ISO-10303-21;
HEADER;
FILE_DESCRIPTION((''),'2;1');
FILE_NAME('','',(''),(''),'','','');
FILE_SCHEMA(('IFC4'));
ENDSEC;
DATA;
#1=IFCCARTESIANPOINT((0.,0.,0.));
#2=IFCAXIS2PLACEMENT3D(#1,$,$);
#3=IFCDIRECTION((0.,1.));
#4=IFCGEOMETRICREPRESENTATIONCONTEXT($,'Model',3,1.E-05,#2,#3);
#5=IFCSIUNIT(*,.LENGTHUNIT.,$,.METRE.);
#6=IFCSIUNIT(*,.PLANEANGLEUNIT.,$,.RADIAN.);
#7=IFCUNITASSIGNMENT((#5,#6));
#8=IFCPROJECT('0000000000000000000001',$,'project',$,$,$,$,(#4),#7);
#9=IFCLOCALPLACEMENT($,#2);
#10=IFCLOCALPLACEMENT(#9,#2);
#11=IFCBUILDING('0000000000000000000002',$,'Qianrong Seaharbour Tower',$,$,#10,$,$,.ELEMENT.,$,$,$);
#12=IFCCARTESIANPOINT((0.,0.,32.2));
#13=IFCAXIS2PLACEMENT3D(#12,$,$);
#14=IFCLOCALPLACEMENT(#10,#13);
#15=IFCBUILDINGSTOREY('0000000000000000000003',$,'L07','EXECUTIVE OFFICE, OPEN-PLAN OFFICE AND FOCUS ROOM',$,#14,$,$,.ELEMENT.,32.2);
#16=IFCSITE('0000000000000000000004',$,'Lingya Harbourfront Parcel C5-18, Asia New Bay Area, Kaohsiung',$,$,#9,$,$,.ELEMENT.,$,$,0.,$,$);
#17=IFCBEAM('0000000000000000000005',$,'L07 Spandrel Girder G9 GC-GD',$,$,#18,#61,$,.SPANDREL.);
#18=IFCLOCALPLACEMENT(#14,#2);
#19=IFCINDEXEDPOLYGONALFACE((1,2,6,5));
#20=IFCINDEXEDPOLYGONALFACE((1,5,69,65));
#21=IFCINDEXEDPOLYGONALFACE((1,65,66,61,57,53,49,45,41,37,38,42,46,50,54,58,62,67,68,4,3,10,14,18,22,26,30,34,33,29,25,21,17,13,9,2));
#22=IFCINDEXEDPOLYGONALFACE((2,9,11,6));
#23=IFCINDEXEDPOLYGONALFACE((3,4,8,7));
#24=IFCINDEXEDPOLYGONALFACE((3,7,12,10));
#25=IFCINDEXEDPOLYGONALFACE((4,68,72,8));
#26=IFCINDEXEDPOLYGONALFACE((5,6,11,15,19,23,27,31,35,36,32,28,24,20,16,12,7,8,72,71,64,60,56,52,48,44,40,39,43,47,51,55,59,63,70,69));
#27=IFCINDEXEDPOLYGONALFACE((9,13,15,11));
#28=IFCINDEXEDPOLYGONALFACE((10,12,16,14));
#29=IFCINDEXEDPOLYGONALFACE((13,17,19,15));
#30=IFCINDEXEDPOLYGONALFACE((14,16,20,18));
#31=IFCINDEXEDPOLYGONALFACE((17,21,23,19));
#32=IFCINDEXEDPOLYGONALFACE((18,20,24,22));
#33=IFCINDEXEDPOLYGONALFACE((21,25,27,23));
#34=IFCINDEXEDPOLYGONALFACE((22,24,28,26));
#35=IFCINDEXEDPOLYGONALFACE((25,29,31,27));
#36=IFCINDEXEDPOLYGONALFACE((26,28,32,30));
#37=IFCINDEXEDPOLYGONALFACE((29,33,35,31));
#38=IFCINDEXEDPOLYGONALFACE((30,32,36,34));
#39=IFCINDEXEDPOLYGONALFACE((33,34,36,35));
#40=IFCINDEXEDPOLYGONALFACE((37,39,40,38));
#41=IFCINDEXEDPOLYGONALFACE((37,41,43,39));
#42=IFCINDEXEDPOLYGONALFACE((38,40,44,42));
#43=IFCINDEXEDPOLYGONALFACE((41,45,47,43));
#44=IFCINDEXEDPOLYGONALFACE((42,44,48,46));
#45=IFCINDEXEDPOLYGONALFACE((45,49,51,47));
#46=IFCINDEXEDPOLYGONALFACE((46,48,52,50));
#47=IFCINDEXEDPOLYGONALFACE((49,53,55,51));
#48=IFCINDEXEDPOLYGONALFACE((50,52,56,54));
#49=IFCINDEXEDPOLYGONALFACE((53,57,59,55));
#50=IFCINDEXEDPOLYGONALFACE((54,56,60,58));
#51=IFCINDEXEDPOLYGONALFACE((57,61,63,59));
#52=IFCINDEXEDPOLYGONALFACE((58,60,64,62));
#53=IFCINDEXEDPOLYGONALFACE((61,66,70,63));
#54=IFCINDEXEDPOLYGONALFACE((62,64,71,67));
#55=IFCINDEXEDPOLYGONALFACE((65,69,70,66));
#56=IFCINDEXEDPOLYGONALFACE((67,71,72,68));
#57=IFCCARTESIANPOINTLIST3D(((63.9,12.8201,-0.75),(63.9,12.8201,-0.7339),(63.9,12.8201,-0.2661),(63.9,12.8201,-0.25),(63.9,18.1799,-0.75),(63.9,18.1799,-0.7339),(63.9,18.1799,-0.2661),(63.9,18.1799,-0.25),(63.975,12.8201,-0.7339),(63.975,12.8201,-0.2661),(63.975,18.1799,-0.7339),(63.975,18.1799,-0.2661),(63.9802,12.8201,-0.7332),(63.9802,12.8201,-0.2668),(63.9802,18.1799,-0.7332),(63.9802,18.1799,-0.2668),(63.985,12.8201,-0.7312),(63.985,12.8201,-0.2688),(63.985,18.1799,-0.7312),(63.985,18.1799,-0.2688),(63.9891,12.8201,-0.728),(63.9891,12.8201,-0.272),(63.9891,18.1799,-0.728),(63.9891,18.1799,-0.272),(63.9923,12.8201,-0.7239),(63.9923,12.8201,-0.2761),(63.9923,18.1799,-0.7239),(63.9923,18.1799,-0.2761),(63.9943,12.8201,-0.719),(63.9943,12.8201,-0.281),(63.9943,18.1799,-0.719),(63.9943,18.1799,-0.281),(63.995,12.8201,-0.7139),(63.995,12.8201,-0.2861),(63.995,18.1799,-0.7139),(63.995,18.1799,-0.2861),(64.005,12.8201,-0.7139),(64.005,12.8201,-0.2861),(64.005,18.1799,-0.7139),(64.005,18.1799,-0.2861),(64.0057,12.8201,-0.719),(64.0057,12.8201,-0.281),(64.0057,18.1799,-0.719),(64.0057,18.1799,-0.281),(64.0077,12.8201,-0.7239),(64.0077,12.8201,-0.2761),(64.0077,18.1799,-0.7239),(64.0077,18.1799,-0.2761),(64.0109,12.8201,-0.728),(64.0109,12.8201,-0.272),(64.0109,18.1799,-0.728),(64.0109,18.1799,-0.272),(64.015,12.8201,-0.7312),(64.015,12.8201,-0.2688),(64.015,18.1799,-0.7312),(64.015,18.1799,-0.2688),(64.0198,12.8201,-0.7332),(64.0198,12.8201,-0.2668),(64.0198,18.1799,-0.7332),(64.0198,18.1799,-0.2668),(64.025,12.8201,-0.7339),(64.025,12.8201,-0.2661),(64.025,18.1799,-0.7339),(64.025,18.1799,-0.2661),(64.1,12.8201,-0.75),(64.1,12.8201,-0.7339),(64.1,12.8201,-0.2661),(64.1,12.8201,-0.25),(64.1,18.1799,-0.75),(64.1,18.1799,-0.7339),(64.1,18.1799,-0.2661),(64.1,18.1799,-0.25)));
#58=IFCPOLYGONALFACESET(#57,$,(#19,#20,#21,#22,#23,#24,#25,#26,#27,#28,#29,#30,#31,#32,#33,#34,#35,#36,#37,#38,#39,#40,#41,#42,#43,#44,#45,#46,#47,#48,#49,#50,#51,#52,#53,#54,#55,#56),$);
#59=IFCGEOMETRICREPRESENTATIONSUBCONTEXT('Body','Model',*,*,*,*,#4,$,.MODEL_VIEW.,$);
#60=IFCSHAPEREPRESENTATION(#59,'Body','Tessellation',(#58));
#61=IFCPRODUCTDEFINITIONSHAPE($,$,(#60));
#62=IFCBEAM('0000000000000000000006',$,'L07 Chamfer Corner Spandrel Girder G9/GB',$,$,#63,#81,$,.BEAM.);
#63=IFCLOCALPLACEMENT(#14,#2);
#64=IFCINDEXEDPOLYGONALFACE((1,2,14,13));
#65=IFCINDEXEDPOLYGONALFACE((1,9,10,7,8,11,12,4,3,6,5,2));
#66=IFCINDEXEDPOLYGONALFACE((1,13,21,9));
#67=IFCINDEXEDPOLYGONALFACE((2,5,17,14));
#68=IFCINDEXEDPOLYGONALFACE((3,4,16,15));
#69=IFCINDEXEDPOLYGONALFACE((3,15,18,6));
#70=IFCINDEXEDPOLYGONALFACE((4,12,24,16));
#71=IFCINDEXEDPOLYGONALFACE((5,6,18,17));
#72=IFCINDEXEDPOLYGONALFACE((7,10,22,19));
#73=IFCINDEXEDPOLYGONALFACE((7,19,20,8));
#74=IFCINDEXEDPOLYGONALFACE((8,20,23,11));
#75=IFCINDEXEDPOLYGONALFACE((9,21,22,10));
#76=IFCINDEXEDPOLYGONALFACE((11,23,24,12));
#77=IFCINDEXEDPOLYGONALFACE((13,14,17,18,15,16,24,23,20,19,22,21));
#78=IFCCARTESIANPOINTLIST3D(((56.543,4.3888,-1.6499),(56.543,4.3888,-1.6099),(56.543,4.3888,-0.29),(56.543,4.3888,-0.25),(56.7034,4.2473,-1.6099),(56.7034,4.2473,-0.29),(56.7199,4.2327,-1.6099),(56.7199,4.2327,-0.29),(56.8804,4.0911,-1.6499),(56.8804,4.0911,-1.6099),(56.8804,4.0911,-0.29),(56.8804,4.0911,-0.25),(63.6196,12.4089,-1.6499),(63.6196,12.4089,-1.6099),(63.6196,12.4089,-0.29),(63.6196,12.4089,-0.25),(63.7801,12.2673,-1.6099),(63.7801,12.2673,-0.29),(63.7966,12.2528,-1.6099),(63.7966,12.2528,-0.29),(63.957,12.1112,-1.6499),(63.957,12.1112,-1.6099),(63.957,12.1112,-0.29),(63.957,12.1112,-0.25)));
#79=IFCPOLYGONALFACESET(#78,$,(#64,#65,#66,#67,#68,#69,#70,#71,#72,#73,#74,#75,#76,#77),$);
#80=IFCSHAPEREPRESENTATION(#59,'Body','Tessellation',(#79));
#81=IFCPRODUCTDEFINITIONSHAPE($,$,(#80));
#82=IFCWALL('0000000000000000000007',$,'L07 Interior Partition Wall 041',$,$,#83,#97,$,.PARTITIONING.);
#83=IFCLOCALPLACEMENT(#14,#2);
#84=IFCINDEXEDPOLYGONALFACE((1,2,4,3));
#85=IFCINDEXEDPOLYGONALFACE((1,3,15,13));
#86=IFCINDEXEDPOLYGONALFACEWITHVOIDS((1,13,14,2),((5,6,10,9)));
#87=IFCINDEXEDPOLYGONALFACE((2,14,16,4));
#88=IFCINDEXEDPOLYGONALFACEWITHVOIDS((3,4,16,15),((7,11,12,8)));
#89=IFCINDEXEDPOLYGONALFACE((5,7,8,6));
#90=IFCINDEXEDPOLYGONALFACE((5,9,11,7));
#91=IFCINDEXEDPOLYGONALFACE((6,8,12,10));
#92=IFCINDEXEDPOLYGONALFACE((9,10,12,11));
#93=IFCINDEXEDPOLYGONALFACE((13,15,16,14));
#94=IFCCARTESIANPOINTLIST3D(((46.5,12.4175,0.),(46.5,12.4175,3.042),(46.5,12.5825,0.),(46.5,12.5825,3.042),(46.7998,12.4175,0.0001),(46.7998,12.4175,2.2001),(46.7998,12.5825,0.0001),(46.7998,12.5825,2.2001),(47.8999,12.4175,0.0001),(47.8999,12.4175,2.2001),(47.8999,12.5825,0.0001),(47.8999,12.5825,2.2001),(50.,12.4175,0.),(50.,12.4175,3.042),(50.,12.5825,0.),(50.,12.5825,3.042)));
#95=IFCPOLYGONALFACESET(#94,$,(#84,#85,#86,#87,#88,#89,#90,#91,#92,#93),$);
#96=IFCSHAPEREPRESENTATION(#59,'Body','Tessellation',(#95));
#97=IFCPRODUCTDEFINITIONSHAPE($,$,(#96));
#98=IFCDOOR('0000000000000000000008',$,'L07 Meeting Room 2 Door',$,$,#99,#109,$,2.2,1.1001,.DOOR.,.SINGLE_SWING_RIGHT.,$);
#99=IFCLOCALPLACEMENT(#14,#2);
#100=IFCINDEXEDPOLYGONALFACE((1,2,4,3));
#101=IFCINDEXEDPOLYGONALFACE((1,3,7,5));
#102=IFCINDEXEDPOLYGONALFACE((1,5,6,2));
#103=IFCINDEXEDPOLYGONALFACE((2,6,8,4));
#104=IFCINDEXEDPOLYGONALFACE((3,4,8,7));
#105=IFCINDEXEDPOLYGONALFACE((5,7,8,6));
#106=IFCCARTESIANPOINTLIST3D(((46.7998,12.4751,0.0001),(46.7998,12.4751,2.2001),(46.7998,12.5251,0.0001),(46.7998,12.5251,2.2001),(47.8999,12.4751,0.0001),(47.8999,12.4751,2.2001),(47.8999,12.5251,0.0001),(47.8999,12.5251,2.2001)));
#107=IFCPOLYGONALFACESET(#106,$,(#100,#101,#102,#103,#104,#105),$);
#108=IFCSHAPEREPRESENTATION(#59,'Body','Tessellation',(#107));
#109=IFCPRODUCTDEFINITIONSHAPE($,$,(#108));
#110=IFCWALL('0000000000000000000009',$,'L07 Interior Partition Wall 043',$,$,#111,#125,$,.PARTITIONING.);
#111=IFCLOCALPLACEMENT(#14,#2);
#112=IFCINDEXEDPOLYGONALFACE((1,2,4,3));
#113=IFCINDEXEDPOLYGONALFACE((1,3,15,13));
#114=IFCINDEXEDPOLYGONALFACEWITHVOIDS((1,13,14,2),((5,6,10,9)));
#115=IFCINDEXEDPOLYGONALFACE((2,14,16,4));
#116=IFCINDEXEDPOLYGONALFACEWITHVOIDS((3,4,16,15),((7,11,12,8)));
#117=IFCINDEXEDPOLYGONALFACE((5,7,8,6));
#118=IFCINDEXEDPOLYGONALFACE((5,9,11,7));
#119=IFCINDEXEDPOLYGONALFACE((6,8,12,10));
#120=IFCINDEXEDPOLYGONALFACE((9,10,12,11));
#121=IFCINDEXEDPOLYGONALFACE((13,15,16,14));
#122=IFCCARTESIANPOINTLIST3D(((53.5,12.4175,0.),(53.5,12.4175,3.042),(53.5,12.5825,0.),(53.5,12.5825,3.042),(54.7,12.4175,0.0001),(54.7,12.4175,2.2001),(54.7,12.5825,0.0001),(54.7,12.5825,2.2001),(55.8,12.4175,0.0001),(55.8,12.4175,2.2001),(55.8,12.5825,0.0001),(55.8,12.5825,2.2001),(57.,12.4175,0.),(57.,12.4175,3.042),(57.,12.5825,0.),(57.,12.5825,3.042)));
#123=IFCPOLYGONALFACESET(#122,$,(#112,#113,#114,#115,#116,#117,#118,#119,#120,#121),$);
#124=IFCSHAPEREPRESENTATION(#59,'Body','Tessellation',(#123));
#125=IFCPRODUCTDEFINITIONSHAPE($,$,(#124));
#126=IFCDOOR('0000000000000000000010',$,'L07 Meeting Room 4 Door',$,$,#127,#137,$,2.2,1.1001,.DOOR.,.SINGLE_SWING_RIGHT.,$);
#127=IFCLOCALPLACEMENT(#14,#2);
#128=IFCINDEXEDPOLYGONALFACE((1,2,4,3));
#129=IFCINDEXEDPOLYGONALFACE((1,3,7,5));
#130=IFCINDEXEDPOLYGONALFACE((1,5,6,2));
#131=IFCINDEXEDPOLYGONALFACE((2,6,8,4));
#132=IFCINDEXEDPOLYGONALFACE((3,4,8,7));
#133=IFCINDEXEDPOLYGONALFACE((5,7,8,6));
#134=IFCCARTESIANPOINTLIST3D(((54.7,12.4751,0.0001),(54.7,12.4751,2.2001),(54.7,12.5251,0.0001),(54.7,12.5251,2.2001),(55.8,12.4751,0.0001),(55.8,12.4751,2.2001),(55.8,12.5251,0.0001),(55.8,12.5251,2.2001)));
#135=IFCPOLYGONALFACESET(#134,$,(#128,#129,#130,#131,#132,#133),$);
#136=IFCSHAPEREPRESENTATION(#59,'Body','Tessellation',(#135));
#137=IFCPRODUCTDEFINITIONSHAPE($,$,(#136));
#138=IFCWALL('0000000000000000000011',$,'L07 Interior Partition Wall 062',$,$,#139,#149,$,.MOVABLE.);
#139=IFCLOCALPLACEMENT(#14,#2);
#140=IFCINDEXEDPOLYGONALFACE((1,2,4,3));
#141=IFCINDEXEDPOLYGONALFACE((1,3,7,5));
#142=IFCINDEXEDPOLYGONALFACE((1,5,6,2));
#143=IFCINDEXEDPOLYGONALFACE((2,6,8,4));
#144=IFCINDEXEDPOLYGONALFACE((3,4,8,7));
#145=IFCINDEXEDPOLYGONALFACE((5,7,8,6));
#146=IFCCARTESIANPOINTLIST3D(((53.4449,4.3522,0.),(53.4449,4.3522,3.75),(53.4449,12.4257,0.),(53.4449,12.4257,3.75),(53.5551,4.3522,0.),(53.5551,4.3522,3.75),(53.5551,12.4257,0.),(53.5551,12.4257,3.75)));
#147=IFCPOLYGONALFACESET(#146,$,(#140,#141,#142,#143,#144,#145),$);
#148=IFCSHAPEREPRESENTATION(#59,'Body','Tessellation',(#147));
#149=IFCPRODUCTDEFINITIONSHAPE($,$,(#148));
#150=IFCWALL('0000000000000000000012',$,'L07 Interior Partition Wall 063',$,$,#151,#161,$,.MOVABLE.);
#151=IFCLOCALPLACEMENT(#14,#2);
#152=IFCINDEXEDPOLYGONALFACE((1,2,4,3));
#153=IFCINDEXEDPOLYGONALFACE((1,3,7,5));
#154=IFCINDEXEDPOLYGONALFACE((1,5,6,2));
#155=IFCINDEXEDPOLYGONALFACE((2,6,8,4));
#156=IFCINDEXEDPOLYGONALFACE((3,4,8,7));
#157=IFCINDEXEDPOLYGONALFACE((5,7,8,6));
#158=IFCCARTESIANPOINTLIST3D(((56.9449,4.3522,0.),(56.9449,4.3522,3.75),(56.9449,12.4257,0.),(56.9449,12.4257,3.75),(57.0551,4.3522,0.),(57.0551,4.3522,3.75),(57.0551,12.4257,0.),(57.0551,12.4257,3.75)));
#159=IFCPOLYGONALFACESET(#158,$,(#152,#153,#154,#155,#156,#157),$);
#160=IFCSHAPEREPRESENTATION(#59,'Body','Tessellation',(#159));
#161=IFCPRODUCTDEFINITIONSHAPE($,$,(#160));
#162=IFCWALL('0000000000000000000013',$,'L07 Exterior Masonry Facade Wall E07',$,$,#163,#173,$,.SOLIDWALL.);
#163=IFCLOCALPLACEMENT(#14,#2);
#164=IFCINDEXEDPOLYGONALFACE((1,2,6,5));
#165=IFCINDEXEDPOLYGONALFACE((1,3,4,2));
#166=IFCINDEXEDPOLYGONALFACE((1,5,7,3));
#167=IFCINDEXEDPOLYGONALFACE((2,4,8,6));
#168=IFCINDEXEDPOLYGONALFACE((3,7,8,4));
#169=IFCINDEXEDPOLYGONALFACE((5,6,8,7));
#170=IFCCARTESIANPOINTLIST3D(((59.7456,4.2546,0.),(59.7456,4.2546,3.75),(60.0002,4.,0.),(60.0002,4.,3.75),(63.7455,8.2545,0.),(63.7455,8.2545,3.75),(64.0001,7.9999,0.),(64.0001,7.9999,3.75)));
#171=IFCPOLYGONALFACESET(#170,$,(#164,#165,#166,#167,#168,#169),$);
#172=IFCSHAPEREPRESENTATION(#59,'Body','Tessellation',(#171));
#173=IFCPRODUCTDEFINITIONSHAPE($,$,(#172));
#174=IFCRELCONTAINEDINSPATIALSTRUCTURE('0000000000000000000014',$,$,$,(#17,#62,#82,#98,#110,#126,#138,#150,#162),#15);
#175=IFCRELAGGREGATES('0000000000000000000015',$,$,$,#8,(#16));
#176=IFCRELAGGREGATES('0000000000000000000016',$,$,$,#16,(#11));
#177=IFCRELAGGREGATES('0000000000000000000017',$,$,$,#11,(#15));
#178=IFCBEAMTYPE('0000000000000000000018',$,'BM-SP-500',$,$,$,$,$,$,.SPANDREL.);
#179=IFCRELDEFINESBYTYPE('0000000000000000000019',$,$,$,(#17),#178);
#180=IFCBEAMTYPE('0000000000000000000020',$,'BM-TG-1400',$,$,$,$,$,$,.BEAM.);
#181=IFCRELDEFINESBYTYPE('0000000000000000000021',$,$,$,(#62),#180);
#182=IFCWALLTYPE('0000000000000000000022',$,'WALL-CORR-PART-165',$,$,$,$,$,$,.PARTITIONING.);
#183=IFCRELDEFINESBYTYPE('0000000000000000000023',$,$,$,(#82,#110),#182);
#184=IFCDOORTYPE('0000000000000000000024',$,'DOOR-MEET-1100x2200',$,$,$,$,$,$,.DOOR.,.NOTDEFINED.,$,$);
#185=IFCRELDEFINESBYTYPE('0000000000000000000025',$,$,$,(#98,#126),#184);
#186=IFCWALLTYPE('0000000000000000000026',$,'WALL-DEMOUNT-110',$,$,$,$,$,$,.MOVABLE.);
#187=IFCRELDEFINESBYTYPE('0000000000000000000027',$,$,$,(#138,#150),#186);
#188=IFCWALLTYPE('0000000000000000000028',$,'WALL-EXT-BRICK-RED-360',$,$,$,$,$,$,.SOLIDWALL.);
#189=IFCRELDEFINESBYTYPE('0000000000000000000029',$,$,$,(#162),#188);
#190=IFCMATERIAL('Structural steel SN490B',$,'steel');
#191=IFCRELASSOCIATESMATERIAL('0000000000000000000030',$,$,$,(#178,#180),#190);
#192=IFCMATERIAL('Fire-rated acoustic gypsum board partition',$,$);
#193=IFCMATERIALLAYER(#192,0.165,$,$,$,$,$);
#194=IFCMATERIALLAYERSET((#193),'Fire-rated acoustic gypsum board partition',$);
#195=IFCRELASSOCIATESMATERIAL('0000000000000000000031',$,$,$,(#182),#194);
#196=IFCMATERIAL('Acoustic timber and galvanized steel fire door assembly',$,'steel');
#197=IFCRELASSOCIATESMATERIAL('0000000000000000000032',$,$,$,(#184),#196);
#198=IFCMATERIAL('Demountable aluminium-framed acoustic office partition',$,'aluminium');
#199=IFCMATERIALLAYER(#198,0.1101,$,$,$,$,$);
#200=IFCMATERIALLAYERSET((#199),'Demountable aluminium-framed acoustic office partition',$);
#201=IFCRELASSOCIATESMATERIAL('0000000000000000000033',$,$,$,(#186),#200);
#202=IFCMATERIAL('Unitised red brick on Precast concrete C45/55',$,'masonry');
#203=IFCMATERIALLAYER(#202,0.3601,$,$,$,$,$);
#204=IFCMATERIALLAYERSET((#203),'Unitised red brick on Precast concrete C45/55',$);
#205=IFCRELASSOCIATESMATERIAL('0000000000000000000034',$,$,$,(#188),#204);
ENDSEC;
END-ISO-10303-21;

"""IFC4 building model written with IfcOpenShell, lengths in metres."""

from ifc_helpers import new_model, si_unit, direction, frame, frame_2d, origin, origin_2d, place, context, subcontext, project, spatial, rectangle, i_section, extrude, material, layer, layer_set, material_profile, profile_set, type_object, element, fill, save


model = new_model("IFC4")

# Units and contexts
model_context = context("Model", 3, precision=1e-05, world=origin(), true_north=direction((0.0, 1.0)))
body_context = subcontext(model_context, "Body", "Model", "MODEL_VIEW")
ifc_project = project(units=[si_unit("LENGTHUNIT", "METRE"), si_unit("PLANEANGLEUNIT", "RADIAN")], contexts=[model_context])

# Site, building, storey
site_placement = place(None, origin())
site = spatial("IfcSite", under=ifc_project, at=site_placement, Name="Lingya Harbourfront Parcel C5-18, Asia New Bay Area, Kaohsiung", CompositionType="ELEMENT", RefElevation=0.0)
building_placement = place(site_placement, origin())
building = spatial("IfcBuilding", under=site, at=building_placement, Name="Qianrong Seaharbour Tower", CompositionType="ELEMENT")
storey_placement = place(building_placement, frame((0.0, 0.0, 32.2)))
storey = spatial("IfcBuildingStorey", under=building, at=storey_placement, Name="L07", Description="EXECUTIVE OFFICE, OPEN-PLAN OFFICE AND FOCUS ROOM", CompositionType="ELEMENT", Elevation=32.2)

# Shared definitions
ifc_material_1 = material(Name="Structural steel SN490B", Category="steel")

# Beams
ifc_material_profile_1 = material_profile(ifc_material_1, i_section(OverallWidth=0.2, OverallDepth=0.5, WebThickness=0.01, FlangeThickness=0.0161, FilletRadius=0.02, at=origin_2d()), Name="H500x200x10x16")
ifc_profile_set_1 = profile_set([ifc_material_profile_1], Name="Structural steel SN490B")
beam_type_1 = type_object("IfcBeamType", Name="BM-SP-500", PredefinedType="SPANDREL", material=ifc_profile_set_1)
beam_1_placement = place(storey_placement, frame((64.0, 12.8201, -0.5), z_axis=(0.0, 1.0, 0.0), x_axis=(-1.0, 0.0, 0.0)))
element("IfcBeam", 1, at=beam_1_placement, inside=storey, type_object=beam_type_1, Name="L07 Spandrel Girder G9 GC-GD", PredefinedType="SPANDREL", context=body_context, shape_type="SweptSolid", body=[
    extrude(i_section(OverallWidth=0.2, OverallDepth=0.5, WebThickness=0.01, FlangeThickness=0.0161, FilletRadius=0.02, at=origin_2d()), origin(), (0.0, 0.0, 1.0), 5.3599),
])
ifc_material_profile_2 = material_profile(ifc_material_1, i_section(OverallWidth=0.45, OverallDepth=1.3999, WebThickness=0.022, FlangeThickness=0.04, at=origin_2d()), Name="BH1400x450x22x40")
ifc_profile_set_2 = profile_set([ifc_material_profile_2], Name="Structural steel SN490B")
beam_type_2 = type_object("IfcBeamType", Name="BM-TG-1400", PredefinedType="BEAM", material=ifc_profile_set_2)
beam_2_placement = place(storey_placement, frame((56.7117, 4.24, -0.95), z_axis=(0.661631, 0.74983, 0.0), x_axis=(-0.74983, 0.661631, 0.0)))
element("IfcBeam", 2, at=beam_2_placement, inside=storey, type_object=beam_type_2, Name="L07 Chamfer Corner Spandrel Girder G9/GB", PredefinedType="BEAM", context=body_context, shape_type="SweptSolid", body=[
    extrude(i_section(OverallWidth=0.45, OverallDepth=1.3999, WebThickness=0.022, FlangeThickness=0.04, at=origin_2d()), origin(), (0.0, 0.0, 1.0), 10.6958),
])

# Walls, openings, doors
ifc_material_2 = material(Name="Fire-rated acoustic gypsum board partition")
ifc_layer_1 = layer(ifc_material_2, 0.165)
ifc_layer_set_1 = layer_set([ifc_layer_1], Name="Fire-rated acoustic gypsum board partition")
wall_type_1 = type_object("IfcWallType", Name="WALL-CORR-PART-165", PredefinedType="PARTITIONING", material=ifc_layer_set_1)
wall_1_placement = place(storey_placement, frame((50.0, 12.5, 0.0), z_axis=(0.0, 0.0, 1.0), x_axis=(-1.0, 0.0, 0.0)))
wall_1 = element("IfcWall", 3, at=wall_1_placement, inside=storey, type_object=wall_type_1, Name="L07 Interior Partition Wall 041", PredefinedType="PARTITIONING", context=body_context, shape_type="SweptSolid", body=[
    extrude(rectangle(XDim=3.5, YDim=0.165, at=frame_2d((1.75, 0.0))), origin(), (0.0, 0.0, 1.0), 3.042),
])
opening_1_placement = place(wall_1_placement, frame((2.1001, 0.0, 0.0)))
opening_1 = element("IfcOpeningElement", 4, at=opening_1_placement, cuts=wall_1, PredefinedType="OPENING", context=body_context, shape_type="SweptSolid", body=[
    extrude(rectangle(XDim=1.1001, YDim=2.2, at=frame_2d((0.55, 1.1001))), frame((0.0, 0.0925, 0.0), z_axis=(0.0, -1.0, 0.0), x_axis=(1.0, 0.0, 0.0)), (0.0, 0.0, 1.0), 0.1851),
])
ifc_material_3 = material(Name="Acoustic timber and galvanized steel fire door assembly", Category="steel")
door_type_1 = type_object("IfcDoorType", Name="DOOR-MEET-1100x2200", OperationType="NOTDEFINED", PredefinedType="DOOR", material=ifc_material_3)
door_1_placement = place(opening_1_placement, origin())
door_1 = element("IfcDoor", 5, at=door_1_placement, inside=storey, type_object=door_type_1, Name="L07 Meeting Room 2 Door", OperationType="SINGLE_SWING_RIGHT", OverallHeight=2.2, OverallWidth=1.1001, PredefinedType="DOOR", context=body_context, shape_type="SweptSolid", body=[
    extrude(rectangle(XDim=1.1001, YDim=2.2, at=frame_2d((0.55, 1.1001))), frame((0.0, 0.0249, 0.0), z_axis=(0.0, -1.0, 0.0), x_axis=(1.0, 0.0, 0.0)), (0.0, 0.0, 1.0), 0.05),
])
fill(opening_1, door_1)
wall_2_placement = place(storey_placement, frame((57.0, 12.5, 0.0), z_axis=(0.0, 0.0, 1.0), x_axis=(-1.0, 0.0, 0.0)))
wall_2 = element("IfcWall", 6, at=wall_2_placement, inside=storey, type_object=wall_type_1, Name="L07 Interior Partition Wall 043", PredefinedType="PARTITIONING", context=body_context, shape_type="SweptSolid", body=[
    extrude(rectangle(XDim=3.5, YDim=0.165, at=frame_2d((1.75, 0.0))), origin(), (0.0, 0.0, 1.0), 3.042),
])
opening_2_placement = place(wall_2_placement, frame((1.2, 0.0, 0.0)))
opening_2 = element("IfcOpeningElement", 7, at=opening_2_placement, cuts=wall_2, PredefinedType="OPENING", context=body_context, shape_type="SweptSolid", body=[
    extrude(rectangle(XDim=1.1001, YDim=2.2, at=frame_2d((0.55, 1.1001))), frame((0.0, 0.0925, 0.0), z_axis=(0.0, -1.0, 0.0), x_axis=(1.0, 0.0, 0.0)), (0.0, 0.0, 1.0), 0.1851),
])
door_2_placement = place(opening_2_placement, origin())
door_2 = element("IfcDoor", 8, at=door_2_placement, inside=storey, type_object=door_type_1, Name="L07 Meeting Room 4 Door", OperationType="SINGLE_SWING_RIGHT", OverallHeight=2.2, OverallWidth=1.1001, PredefinedType="DOOR", context=body_context, shape_type="SweptSolid", body=[
    extrude(rectangle(XDim=1.1001, YDim=2.2, at=frame_2d((0.55, 1.1001))), frame((0.0, 0.0249, 0.0), z_axis=(0.0, -1.0, 0.0), x_axis=(1.0, 0.0, 0.0)), (0.0, 0.0, 1.0), 0.05),
])
fill(opening_2, door_2)

# Walls
ifc_material_4 = material(Name="Demountable aluminium-framed acoustic office partition", Category="aluminium")
ifc_layer_2 = layer(ifc_material_4, 0.1101)
ifc_layer_set_2 = layer_set([ifc_layer_2], Name="Demountable aluminium-framed acoustic office partition")
wall_type_2 = type_object("IfcWallType", Name="WALL-DEMOUNT-110", PredefinedType="MOVABLE", material=ifc_layer_set_2)
for number, where, z_axis, x_axis, name in (
    (9, (53.5, 12.4255, 0.0), (0.0, 0.0, 1.0), (0.0, -1.0, 0.0), "L07 Interior Partition Wall 062"),
    (10, (57.0, 12.4255, 0.0), (0.0, 0.0, 1.0), (0.0, -1.0, 0.0), "L07 Interior Partition Wall 063"),
):
    element("IfcWall", number, at=place(storey_placement, frame(where, z_axis=z_axis, x_axis=x_axis)), inside=storey, type_object=wall_type_2, Name=name, PredefinedType="MOVABLE", context=body_context, shape_type="SweptSolid", body=[
        extrude(rectangle(XDim=8.0735, YDim=0.1101, at=frame_2d((4.0366, 0.0))), origin(), (0.0, 0.0, 1.0), 3.75),
    ])
ifc_material_5 = material(Name="Unitised red brick on Precast concrete C45/55", Category="masonry")
ifc_layer_3 = layer(ifc_material_5, 0.3601)
ifc_layer_set_3 = layer_set([ifc_layer_3], Name="Unitised red brick on Precast concrete C45/55")
wall_type_3 = type_object("IfcWallType", Name="WALL-EXT-BRICK-RED-360", PredefinedType="SOLIDWALL", material=ifc_layer_set_3)
wall_3_placement = place(storey_placement, frame((63.8728, 8.1272, 0.0), z_axis=(0.0, 0.0, 1.0), x_axis=(-0.707107, -0.707107, 0.0)))
element("IfcWall", 11, at=wall_3_placement, inside=storey, type_object=wall_type_3, Name="L07 Exterior Masonry Facade Wall E07", PredefinedType="SOLIDWALL", context=body_context, shape_type="SweptSolid", body=[
    extrude(rectangle(XDim=5.6567, YDim=0.3601, at=frame_2d((2.8284, 0.0))), origin(), (0.0, 0.0, 1.0), 3.75),
])

save(model, "model.ifc")
